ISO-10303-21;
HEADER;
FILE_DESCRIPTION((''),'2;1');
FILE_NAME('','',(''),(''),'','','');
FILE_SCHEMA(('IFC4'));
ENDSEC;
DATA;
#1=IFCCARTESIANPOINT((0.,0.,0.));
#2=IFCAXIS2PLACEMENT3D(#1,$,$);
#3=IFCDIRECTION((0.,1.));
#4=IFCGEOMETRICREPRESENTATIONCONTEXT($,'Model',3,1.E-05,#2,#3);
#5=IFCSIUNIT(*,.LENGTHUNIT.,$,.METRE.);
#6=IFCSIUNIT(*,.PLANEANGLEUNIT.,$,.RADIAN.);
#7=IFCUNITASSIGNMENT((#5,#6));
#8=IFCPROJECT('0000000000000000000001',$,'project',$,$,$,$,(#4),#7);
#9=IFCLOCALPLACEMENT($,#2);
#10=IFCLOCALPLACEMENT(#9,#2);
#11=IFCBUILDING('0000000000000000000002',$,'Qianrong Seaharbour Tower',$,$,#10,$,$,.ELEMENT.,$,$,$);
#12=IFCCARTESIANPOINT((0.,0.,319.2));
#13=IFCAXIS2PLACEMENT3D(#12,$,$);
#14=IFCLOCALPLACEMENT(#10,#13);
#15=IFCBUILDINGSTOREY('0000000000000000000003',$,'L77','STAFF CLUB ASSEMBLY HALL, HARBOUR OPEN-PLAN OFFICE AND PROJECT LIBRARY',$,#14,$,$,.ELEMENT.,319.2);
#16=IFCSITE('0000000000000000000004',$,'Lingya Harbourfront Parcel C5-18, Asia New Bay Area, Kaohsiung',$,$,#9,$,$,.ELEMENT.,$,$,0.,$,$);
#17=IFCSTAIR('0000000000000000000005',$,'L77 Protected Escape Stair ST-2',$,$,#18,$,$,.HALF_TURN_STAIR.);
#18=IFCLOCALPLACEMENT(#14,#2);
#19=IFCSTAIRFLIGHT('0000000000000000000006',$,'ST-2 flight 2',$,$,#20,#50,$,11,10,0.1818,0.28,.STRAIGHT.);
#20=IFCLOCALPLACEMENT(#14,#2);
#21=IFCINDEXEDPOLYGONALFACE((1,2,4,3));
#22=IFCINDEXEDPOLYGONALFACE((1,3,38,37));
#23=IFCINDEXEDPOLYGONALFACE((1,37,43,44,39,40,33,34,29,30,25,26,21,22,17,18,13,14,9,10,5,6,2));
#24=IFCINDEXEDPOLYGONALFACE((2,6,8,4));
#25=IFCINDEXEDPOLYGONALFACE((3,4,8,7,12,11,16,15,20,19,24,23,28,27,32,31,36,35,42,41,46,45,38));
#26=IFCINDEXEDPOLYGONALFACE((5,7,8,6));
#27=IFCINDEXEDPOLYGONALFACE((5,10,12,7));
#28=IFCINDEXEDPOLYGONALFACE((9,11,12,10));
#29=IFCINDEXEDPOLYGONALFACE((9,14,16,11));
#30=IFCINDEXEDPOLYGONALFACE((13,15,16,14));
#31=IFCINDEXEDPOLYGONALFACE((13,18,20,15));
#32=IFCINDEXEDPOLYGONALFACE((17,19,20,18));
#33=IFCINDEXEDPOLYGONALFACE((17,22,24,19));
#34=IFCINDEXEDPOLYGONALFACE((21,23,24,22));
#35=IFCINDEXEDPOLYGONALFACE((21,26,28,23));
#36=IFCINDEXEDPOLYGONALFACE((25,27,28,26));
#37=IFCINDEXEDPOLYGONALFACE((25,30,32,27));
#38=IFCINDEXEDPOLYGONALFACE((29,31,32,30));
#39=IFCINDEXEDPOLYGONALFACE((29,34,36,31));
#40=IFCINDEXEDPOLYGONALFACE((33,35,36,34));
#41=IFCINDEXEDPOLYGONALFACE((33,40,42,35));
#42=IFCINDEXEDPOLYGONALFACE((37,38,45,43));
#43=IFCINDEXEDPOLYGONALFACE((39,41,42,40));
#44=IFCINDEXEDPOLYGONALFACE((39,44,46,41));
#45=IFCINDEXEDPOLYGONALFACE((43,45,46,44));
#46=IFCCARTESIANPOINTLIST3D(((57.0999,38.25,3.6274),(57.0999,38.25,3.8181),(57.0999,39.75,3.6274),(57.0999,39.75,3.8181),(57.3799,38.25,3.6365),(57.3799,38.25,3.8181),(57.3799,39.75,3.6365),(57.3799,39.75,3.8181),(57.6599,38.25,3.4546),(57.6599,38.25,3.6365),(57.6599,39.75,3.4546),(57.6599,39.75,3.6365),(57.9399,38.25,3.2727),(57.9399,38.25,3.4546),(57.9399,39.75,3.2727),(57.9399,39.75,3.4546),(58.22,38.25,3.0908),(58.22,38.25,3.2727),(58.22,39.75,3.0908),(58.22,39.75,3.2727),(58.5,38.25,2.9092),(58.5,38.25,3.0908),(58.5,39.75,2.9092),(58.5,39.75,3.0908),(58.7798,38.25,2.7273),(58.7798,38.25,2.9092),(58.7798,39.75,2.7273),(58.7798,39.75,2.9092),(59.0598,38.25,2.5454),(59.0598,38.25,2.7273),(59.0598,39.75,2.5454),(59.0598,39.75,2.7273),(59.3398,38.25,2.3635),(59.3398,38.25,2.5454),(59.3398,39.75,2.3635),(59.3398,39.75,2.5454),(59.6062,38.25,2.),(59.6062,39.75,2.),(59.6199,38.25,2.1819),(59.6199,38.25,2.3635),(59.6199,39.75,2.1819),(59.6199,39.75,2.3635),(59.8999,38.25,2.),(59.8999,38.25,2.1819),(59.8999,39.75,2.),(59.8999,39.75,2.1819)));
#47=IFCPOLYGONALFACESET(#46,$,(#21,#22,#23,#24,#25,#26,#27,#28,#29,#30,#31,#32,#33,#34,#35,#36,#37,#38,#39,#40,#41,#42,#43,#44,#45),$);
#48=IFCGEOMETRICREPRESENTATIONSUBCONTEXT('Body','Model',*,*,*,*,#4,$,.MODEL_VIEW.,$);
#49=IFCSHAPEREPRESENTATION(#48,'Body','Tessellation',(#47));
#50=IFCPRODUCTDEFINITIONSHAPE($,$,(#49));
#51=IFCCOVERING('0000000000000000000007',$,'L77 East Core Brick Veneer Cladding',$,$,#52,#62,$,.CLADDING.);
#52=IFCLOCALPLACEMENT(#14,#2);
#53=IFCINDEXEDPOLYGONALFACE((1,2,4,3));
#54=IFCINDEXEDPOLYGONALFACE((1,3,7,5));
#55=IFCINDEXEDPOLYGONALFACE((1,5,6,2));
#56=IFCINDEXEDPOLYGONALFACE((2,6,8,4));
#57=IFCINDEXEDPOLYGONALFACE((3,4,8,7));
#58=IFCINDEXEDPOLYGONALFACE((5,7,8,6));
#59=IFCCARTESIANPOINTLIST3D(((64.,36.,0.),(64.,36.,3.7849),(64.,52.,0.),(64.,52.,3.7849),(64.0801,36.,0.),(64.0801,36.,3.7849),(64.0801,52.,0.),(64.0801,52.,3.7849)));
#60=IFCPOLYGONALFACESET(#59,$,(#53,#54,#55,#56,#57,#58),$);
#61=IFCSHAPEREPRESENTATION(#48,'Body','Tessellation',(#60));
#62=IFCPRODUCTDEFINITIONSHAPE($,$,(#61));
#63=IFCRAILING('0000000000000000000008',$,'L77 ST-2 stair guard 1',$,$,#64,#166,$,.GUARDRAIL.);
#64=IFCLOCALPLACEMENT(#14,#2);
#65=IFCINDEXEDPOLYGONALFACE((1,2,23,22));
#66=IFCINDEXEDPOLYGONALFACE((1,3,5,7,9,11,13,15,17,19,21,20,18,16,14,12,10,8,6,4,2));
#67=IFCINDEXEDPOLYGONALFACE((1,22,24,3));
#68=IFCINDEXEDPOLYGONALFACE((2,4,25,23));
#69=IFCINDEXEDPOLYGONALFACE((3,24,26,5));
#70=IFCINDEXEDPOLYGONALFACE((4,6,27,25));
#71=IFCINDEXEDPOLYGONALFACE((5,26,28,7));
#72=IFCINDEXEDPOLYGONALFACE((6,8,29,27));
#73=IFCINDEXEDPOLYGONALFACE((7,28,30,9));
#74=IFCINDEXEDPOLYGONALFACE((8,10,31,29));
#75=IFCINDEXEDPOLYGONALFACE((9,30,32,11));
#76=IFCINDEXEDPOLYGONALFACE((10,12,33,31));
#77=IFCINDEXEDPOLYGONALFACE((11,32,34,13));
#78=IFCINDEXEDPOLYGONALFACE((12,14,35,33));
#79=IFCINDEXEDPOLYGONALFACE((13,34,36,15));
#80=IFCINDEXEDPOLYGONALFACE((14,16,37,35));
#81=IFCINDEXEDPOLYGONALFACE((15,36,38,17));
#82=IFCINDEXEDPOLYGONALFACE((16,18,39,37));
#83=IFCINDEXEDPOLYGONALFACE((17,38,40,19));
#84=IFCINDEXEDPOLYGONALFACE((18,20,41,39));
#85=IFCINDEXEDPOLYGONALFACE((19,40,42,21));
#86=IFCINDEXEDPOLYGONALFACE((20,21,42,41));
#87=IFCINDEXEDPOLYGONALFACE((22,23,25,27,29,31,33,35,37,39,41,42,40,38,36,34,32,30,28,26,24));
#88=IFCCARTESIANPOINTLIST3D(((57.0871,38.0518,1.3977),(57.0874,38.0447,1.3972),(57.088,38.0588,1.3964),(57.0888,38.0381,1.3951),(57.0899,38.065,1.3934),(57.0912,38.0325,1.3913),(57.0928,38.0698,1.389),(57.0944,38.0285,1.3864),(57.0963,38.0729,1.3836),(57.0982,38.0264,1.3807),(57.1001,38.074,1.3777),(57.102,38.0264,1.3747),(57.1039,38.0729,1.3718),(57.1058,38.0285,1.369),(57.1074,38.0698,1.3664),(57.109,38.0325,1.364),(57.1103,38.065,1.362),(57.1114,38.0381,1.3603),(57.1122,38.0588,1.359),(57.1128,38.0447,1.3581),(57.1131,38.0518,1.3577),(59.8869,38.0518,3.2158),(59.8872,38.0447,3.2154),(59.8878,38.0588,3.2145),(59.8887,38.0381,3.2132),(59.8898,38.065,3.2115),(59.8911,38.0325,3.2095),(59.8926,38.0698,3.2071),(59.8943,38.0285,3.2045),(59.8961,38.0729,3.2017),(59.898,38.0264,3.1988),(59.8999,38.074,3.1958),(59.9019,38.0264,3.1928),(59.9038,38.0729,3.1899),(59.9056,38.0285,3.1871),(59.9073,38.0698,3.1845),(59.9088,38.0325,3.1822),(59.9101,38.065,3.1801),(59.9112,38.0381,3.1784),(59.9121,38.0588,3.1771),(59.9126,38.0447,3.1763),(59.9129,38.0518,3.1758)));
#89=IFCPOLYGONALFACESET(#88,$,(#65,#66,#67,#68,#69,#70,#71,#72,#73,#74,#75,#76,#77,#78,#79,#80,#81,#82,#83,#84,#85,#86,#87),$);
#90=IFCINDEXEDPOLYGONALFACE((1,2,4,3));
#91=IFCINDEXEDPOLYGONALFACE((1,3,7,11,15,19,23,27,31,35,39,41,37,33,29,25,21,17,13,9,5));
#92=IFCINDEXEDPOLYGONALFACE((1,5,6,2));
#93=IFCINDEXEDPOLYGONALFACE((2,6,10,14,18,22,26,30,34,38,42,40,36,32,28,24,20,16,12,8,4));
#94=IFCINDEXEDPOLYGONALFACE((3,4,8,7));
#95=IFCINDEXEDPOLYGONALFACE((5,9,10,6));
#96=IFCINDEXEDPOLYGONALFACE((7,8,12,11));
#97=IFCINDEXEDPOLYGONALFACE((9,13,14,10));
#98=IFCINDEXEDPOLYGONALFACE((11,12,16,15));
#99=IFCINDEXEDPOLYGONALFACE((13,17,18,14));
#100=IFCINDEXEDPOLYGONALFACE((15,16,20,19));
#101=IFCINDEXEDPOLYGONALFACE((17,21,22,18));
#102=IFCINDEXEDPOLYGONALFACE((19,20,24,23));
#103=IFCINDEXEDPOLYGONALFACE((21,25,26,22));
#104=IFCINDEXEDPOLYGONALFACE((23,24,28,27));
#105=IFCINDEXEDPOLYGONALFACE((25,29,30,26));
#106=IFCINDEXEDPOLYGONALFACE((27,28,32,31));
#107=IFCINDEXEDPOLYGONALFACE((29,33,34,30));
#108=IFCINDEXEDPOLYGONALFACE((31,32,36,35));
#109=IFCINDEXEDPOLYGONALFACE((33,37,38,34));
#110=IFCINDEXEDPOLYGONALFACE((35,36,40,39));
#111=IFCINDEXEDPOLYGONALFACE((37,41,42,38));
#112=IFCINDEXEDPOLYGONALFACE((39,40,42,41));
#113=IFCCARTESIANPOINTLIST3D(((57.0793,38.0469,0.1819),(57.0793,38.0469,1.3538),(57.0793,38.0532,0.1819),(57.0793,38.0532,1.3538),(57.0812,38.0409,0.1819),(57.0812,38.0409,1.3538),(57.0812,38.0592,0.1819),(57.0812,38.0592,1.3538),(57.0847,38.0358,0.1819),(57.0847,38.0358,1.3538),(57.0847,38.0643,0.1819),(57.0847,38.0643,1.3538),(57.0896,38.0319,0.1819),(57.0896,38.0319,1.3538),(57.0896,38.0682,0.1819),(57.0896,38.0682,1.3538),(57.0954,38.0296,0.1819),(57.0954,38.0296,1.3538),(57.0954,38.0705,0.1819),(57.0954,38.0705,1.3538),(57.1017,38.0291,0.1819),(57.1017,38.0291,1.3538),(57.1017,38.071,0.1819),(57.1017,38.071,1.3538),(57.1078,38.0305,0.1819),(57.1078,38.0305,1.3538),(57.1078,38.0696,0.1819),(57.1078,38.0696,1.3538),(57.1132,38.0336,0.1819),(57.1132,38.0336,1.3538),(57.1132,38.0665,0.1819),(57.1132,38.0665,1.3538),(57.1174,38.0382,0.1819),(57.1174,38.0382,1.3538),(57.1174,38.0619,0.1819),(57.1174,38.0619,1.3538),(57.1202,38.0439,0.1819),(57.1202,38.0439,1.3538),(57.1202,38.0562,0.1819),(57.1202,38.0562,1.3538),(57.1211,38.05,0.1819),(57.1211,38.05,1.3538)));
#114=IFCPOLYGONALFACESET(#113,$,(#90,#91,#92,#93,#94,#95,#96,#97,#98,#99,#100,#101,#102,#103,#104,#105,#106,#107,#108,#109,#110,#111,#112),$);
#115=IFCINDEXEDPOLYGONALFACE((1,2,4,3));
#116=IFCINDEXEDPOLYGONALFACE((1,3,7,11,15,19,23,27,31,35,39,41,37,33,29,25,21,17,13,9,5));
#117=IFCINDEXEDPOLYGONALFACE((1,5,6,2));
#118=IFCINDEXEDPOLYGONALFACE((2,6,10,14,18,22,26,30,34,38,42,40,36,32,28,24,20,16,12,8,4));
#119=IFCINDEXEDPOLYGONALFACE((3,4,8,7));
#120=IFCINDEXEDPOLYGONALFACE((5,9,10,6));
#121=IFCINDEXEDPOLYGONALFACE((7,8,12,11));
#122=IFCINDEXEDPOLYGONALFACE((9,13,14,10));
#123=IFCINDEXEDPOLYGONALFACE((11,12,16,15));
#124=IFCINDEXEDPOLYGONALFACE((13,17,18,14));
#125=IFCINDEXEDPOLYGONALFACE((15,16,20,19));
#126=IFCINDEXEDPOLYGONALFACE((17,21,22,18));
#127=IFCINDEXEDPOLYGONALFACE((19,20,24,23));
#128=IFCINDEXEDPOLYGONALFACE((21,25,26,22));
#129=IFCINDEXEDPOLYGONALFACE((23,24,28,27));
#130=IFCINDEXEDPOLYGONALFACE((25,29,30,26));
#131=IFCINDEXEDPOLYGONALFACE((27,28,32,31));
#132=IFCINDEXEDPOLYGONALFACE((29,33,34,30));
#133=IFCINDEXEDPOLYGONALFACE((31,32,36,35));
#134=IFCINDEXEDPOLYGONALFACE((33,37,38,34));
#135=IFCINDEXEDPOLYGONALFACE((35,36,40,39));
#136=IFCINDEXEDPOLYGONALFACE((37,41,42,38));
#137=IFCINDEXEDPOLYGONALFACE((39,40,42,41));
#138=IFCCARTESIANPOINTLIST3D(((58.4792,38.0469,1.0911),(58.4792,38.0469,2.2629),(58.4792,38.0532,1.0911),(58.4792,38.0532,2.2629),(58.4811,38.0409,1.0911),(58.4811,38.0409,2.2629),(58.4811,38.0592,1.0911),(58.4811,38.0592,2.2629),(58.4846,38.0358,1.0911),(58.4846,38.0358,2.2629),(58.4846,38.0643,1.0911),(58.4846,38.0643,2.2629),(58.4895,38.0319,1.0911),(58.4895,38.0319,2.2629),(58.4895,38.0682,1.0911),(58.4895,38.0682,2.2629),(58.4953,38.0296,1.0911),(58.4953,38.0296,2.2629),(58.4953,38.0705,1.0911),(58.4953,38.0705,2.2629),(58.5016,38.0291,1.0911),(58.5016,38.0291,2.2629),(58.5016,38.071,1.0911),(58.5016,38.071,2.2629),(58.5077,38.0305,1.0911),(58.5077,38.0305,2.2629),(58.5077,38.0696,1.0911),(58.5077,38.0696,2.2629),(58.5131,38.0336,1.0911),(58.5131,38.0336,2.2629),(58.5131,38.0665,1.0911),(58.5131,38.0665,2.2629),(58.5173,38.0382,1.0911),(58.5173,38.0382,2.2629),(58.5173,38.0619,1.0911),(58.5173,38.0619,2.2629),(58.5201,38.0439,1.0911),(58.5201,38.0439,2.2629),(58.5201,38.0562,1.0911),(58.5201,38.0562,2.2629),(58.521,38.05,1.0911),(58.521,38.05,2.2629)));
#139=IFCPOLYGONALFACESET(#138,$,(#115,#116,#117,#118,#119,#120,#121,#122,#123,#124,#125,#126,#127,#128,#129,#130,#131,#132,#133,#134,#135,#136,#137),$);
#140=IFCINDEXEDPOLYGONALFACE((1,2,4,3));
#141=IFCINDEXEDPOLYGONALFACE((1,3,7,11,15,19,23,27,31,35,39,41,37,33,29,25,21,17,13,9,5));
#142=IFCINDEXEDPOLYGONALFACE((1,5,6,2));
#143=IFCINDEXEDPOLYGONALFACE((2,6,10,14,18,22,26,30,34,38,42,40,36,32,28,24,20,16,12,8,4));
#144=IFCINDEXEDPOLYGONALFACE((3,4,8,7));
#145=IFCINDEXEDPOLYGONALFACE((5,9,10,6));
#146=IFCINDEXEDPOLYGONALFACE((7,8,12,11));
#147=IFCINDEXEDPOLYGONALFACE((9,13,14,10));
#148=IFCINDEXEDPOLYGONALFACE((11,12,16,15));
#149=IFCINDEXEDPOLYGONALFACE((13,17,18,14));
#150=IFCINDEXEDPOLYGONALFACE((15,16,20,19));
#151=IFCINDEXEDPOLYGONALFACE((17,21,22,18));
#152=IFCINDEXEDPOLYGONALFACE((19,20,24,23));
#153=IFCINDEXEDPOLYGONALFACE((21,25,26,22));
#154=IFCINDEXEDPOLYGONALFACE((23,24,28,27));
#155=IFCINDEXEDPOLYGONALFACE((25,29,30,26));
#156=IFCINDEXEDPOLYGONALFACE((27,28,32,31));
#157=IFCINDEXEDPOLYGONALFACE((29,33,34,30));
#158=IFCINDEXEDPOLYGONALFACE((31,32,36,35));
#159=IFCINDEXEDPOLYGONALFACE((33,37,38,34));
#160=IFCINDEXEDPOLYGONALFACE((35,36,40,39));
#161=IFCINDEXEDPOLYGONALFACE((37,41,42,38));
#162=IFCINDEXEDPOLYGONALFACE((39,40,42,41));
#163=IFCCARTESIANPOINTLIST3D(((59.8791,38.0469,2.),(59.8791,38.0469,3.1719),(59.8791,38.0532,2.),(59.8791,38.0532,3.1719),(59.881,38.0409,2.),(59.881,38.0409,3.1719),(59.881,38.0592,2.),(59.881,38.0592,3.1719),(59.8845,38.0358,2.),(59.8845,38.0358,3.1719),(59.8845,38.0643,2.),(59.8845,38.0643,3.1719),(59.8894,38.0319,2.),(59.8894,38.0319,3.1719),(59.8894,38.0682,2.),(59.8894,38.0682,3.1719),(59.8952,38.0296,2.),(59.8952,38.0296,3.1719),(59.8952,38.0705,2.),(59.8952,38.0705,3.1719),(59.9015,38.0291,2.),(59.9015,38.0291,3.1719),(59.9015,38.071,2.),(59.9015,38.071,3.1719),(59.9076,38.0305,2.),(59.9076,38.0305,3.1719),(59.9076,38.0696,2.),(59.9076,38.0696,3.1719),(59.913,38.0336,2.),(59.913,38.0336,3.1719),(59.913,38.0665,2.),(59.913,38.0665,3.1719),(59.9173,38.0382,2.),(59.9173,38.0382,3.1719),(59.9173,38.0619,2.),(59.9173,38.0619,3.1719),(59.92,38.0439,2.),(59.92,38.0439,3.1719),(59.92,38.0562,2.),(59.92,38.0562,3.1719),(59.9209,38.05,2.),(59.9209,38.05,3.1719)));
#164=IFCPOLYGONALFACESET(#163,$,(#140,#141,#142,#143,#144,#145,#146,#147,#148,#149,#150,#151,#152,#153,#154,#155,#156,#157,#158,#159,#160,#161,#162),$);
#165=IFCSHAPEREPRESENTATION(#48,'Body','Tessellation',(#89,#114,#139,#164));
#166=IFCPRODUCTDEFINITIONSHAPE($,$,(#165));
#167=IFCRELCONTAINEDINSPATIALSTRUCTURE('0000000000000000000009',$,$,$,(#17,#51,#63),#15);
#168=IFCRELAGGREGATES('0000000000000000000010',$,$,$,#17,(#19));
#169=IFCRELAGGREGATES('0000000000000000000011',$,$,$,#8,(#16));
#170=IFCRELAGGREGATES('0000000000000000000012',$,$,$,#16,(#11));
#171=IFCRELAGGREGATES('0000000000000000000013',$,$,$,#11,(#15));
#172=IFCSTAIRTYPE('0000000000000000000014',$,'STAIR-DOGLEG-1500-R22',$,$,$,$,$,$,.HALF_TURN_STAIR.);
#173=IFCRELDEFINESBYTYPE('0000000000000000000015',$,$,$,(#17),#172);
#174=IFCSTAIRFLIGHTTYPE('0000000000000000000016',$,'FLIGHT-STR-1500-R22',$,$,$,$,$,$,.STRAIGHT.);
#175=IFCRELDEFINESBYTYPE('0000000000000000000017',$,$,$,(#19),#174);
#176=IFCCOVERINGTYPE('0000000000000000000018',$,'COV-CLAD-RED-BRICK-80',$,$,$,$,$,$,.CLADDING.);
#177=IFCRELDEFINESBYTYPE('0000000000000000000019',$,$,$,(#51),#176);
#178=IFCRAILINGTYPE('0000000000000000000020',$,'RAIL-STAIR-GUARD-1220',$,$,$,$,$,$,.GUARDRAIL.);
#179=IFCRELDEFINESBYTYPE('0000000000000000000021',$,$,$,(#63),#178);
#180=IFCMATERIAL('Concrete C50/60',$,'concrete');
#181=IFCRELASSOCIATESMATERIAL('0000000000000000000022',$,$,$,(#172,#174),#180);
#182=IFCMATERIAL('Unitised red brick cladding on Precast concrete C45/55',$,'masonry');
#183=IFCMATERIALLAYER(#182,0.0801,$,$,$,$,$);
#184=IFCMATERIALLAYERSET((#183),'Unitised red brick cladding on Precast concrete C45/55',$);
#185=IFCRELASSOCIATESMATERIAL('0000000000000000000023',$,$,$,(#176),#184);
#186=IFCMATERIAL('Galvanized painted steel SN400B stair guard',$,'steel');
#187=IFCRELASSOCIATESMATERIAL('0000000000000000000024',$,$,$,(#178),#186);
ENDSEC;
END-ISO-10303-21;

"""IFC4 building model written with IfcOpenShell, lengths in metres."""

from ifc_helpers import new_model, si_unit, direction, frame, origin, origin_2d, place, context, subcontext, project, spatial, polyline, rectangle, circle, outline, extrude, material, layer, layer_set, type_object, element, aggregate, save


model = new_model("IFC4")

# Units and contexts
model_context = context("Model", 3, precision=1e-05, world=origin(), true_north=direction((0.0, 1.0)))
body_context = subcontext(model_context, "Body", "Model", "MODEL_VIEW")
ifc_project = project(units=[si_unit("LENGTHUNIT", "METRE"), si_unit("PLANEANGLEUNIT", "RADIAN")], contexts=[model_context])

# Site, building, storey
site_placement = place(None, origin())
site = spatial("IfcSite", under=ifc_project, at=site_placement, Name="Lingya Harbourfront Parcel C5-18, Asia New Bay Area, Kaohsiung", CompositionType="ELEMENT", RefElevation=0.0)
building_placement = place(site_placement, origin())
building = spatial("IfcBuilding", under=site, at=building_placement, Name="Qianrong Seaharbour Tower", CompositionType="ELEMENT")
storey_placement = place(building_placement, frame((0.0, 0.0, 319.2)))
storey = spatial("IfcBuildingStorey", under=building, at=storey_placement, Name="L77", Description="STAFF CLUB ASSEMBLY HALL, HARBOUR OPEN-PLAN OFFICE AND PROJECT LIBRARY", CompositionType="ELEMENT", Elevation=319.2)

# Shared definitions
ifc_material_1 = material(Name="Concrete C50/60", Category="concrete")

# Stair, stair flight
stair_type = type_object("IfcStairType", Name="STAIR-DOGLEG-1500-R22", PredefinedType="HALF_TURN_STAIR", material=ifc_material_1)
stair_placement = place(storey_placement, origin())
stair = element("IfcStair", 1, at=stair_placement, inside=storey, type_object=stair_type, Name="L77 Protected Escape Stair ST-2", PredefinedType="HALF_TURN_STAIR")
stair_flight_type = type_object("IfcStairFlightType", Name="FLIGHT-STR-1500-R22", PredefinedType="STRAIGHT", material=ifc_material_1)
stair_flight_1_placement = place(storey_placement, frame((59.8999, 39.0, 2.0), z_axis=(0.0, 0.0, 1.0), x_axis=(-1.0, 0.0, 0.0)))
stair_flight_1 = element("IfcStairFlight", 2, at=stair_flight_1_placement, type_object=stair_flight_type, Name="ST-2 flight 2", NumberOfRisers=11, NumberOfTreads=10, PredefinedType="STRAIGHT", RiserHeight=0.1818, TreadLength=0.28, context=body_context, shape_type="SweptSolid", body=[
    extrude(outline(polyline([(0.0, 0.0), (0.0, 0.1819), (0.28, 0.1819), (0.28, 0.3635), (0.5601, 0.3635), (0.5601, 0.5454), (0.8401, 0.5454), (0.8401, 0.7273), (1.1201, 0.7273), (1.1201, 0.9092), (1.3999, 0.9092), (1.3999, 1.0908), (1.6799, 1.0908), (1.6799, 1.2727), (1.96, 1.2727), (1.96, 1.4546), (2.24, 1.4546), (2.24, 1.6365), (2.52, 1.6365), (2.52, 1.8181), (2.8, 1.8181), (2.8, 2.0), (2.8, 1.6274), (0.2937, 0.0), (0.0, 0.0)])), frame((0.0, 0.75, 0.0), z_axis=(0.0, -1.0, 0.0), x_axis=(1.0, 0.0, 0.0)), (0.0, 0.0, 1.0), 1.5),
])
aggregate(stair, [stair_flight_1])

# Covering
ifc_material_2 = material(Name="Unitised red brick cladding on Precast concrete C45/55", Category="masonry")
ifc_layer_1 = layer(ifc_material_2, 0.0801)
ifc_layer_set_1 = layer_set([ifc_layer_1], Name="Unitised red brick cladding on Precast concrete C45/55")
covering_type = type_object("IfcCoveringType", Name="COV-CLAD-RED-BRICK-80", PredefinedType="CLADDING", material=ifc_layer_set_1)
covering_placement = place(storey_placement, frame((64.04, 44.0, 0.0), z_axis=(0.0, 0.0, 1.0), x_axis=(1.0, 0.0, 0.0)))
element("IfcCovering", 3, at=covering_placement, inside=storey, type_object=covering_type, Name="L77 East Core Brick Veneer Cladding", PredefinedType="CLADDING", context=body_context, shape_type="SweptSolid", body=[
    extrude(rectangle(XDim=0.0801, YDim=16.0, at=origin_2d()), origin(), (0.0, 0.0, 1.0), 3.7849),
])

# Railing
ifc_material_3 = material(Name="Galvanized painted steel SN400B stair guard", Category="steel")
railing_type_1 = type_object("IfcRailingType", Name="RAIL-STAIR-GUARD-1220", PredefinedType="GUARDRAIL", material=ifc_material_3)
railing_1_placement = place(storey_placement, frame((57.1001, 38.05, 0.1819)))
element("IfcRailing", 4, at=railing_1_placement, inside=storey, type_object=railing_type_1, Name="L77 ST-2 stair guard 1", PredefinedType="GUARDRAIL", context=body_context, shape_type="SweptSolid", body=[
    extrude(circle(Radius=0.0239, at=origin_2d()), frame((0.0, 0.0, 1.1958), z_axis=(0.838684, 0.0, 0.544618), x_axis=(0.0, 1.0, 0.0)), (0.0, 0.0, 1.0), 3.3384),
    extrude(circle(Radius=0.021, at=origin_2d()), origin(), (0.0, 0.0, 1.0), 1.1719),
    extrude(circle(Radius=0.021, at=origin_2d()), frame((1.3999, 0.0, 0.9092)), (0.0, 0.0, 1.0), 1.1719),
    extrude(circle(Radius=0.021, at=origin_2d()), frame((2.7998, 0.0, 1.8181)), (0.0, 0.0, 1.0), 1.1719),
])

save(model, "model.ifc")
